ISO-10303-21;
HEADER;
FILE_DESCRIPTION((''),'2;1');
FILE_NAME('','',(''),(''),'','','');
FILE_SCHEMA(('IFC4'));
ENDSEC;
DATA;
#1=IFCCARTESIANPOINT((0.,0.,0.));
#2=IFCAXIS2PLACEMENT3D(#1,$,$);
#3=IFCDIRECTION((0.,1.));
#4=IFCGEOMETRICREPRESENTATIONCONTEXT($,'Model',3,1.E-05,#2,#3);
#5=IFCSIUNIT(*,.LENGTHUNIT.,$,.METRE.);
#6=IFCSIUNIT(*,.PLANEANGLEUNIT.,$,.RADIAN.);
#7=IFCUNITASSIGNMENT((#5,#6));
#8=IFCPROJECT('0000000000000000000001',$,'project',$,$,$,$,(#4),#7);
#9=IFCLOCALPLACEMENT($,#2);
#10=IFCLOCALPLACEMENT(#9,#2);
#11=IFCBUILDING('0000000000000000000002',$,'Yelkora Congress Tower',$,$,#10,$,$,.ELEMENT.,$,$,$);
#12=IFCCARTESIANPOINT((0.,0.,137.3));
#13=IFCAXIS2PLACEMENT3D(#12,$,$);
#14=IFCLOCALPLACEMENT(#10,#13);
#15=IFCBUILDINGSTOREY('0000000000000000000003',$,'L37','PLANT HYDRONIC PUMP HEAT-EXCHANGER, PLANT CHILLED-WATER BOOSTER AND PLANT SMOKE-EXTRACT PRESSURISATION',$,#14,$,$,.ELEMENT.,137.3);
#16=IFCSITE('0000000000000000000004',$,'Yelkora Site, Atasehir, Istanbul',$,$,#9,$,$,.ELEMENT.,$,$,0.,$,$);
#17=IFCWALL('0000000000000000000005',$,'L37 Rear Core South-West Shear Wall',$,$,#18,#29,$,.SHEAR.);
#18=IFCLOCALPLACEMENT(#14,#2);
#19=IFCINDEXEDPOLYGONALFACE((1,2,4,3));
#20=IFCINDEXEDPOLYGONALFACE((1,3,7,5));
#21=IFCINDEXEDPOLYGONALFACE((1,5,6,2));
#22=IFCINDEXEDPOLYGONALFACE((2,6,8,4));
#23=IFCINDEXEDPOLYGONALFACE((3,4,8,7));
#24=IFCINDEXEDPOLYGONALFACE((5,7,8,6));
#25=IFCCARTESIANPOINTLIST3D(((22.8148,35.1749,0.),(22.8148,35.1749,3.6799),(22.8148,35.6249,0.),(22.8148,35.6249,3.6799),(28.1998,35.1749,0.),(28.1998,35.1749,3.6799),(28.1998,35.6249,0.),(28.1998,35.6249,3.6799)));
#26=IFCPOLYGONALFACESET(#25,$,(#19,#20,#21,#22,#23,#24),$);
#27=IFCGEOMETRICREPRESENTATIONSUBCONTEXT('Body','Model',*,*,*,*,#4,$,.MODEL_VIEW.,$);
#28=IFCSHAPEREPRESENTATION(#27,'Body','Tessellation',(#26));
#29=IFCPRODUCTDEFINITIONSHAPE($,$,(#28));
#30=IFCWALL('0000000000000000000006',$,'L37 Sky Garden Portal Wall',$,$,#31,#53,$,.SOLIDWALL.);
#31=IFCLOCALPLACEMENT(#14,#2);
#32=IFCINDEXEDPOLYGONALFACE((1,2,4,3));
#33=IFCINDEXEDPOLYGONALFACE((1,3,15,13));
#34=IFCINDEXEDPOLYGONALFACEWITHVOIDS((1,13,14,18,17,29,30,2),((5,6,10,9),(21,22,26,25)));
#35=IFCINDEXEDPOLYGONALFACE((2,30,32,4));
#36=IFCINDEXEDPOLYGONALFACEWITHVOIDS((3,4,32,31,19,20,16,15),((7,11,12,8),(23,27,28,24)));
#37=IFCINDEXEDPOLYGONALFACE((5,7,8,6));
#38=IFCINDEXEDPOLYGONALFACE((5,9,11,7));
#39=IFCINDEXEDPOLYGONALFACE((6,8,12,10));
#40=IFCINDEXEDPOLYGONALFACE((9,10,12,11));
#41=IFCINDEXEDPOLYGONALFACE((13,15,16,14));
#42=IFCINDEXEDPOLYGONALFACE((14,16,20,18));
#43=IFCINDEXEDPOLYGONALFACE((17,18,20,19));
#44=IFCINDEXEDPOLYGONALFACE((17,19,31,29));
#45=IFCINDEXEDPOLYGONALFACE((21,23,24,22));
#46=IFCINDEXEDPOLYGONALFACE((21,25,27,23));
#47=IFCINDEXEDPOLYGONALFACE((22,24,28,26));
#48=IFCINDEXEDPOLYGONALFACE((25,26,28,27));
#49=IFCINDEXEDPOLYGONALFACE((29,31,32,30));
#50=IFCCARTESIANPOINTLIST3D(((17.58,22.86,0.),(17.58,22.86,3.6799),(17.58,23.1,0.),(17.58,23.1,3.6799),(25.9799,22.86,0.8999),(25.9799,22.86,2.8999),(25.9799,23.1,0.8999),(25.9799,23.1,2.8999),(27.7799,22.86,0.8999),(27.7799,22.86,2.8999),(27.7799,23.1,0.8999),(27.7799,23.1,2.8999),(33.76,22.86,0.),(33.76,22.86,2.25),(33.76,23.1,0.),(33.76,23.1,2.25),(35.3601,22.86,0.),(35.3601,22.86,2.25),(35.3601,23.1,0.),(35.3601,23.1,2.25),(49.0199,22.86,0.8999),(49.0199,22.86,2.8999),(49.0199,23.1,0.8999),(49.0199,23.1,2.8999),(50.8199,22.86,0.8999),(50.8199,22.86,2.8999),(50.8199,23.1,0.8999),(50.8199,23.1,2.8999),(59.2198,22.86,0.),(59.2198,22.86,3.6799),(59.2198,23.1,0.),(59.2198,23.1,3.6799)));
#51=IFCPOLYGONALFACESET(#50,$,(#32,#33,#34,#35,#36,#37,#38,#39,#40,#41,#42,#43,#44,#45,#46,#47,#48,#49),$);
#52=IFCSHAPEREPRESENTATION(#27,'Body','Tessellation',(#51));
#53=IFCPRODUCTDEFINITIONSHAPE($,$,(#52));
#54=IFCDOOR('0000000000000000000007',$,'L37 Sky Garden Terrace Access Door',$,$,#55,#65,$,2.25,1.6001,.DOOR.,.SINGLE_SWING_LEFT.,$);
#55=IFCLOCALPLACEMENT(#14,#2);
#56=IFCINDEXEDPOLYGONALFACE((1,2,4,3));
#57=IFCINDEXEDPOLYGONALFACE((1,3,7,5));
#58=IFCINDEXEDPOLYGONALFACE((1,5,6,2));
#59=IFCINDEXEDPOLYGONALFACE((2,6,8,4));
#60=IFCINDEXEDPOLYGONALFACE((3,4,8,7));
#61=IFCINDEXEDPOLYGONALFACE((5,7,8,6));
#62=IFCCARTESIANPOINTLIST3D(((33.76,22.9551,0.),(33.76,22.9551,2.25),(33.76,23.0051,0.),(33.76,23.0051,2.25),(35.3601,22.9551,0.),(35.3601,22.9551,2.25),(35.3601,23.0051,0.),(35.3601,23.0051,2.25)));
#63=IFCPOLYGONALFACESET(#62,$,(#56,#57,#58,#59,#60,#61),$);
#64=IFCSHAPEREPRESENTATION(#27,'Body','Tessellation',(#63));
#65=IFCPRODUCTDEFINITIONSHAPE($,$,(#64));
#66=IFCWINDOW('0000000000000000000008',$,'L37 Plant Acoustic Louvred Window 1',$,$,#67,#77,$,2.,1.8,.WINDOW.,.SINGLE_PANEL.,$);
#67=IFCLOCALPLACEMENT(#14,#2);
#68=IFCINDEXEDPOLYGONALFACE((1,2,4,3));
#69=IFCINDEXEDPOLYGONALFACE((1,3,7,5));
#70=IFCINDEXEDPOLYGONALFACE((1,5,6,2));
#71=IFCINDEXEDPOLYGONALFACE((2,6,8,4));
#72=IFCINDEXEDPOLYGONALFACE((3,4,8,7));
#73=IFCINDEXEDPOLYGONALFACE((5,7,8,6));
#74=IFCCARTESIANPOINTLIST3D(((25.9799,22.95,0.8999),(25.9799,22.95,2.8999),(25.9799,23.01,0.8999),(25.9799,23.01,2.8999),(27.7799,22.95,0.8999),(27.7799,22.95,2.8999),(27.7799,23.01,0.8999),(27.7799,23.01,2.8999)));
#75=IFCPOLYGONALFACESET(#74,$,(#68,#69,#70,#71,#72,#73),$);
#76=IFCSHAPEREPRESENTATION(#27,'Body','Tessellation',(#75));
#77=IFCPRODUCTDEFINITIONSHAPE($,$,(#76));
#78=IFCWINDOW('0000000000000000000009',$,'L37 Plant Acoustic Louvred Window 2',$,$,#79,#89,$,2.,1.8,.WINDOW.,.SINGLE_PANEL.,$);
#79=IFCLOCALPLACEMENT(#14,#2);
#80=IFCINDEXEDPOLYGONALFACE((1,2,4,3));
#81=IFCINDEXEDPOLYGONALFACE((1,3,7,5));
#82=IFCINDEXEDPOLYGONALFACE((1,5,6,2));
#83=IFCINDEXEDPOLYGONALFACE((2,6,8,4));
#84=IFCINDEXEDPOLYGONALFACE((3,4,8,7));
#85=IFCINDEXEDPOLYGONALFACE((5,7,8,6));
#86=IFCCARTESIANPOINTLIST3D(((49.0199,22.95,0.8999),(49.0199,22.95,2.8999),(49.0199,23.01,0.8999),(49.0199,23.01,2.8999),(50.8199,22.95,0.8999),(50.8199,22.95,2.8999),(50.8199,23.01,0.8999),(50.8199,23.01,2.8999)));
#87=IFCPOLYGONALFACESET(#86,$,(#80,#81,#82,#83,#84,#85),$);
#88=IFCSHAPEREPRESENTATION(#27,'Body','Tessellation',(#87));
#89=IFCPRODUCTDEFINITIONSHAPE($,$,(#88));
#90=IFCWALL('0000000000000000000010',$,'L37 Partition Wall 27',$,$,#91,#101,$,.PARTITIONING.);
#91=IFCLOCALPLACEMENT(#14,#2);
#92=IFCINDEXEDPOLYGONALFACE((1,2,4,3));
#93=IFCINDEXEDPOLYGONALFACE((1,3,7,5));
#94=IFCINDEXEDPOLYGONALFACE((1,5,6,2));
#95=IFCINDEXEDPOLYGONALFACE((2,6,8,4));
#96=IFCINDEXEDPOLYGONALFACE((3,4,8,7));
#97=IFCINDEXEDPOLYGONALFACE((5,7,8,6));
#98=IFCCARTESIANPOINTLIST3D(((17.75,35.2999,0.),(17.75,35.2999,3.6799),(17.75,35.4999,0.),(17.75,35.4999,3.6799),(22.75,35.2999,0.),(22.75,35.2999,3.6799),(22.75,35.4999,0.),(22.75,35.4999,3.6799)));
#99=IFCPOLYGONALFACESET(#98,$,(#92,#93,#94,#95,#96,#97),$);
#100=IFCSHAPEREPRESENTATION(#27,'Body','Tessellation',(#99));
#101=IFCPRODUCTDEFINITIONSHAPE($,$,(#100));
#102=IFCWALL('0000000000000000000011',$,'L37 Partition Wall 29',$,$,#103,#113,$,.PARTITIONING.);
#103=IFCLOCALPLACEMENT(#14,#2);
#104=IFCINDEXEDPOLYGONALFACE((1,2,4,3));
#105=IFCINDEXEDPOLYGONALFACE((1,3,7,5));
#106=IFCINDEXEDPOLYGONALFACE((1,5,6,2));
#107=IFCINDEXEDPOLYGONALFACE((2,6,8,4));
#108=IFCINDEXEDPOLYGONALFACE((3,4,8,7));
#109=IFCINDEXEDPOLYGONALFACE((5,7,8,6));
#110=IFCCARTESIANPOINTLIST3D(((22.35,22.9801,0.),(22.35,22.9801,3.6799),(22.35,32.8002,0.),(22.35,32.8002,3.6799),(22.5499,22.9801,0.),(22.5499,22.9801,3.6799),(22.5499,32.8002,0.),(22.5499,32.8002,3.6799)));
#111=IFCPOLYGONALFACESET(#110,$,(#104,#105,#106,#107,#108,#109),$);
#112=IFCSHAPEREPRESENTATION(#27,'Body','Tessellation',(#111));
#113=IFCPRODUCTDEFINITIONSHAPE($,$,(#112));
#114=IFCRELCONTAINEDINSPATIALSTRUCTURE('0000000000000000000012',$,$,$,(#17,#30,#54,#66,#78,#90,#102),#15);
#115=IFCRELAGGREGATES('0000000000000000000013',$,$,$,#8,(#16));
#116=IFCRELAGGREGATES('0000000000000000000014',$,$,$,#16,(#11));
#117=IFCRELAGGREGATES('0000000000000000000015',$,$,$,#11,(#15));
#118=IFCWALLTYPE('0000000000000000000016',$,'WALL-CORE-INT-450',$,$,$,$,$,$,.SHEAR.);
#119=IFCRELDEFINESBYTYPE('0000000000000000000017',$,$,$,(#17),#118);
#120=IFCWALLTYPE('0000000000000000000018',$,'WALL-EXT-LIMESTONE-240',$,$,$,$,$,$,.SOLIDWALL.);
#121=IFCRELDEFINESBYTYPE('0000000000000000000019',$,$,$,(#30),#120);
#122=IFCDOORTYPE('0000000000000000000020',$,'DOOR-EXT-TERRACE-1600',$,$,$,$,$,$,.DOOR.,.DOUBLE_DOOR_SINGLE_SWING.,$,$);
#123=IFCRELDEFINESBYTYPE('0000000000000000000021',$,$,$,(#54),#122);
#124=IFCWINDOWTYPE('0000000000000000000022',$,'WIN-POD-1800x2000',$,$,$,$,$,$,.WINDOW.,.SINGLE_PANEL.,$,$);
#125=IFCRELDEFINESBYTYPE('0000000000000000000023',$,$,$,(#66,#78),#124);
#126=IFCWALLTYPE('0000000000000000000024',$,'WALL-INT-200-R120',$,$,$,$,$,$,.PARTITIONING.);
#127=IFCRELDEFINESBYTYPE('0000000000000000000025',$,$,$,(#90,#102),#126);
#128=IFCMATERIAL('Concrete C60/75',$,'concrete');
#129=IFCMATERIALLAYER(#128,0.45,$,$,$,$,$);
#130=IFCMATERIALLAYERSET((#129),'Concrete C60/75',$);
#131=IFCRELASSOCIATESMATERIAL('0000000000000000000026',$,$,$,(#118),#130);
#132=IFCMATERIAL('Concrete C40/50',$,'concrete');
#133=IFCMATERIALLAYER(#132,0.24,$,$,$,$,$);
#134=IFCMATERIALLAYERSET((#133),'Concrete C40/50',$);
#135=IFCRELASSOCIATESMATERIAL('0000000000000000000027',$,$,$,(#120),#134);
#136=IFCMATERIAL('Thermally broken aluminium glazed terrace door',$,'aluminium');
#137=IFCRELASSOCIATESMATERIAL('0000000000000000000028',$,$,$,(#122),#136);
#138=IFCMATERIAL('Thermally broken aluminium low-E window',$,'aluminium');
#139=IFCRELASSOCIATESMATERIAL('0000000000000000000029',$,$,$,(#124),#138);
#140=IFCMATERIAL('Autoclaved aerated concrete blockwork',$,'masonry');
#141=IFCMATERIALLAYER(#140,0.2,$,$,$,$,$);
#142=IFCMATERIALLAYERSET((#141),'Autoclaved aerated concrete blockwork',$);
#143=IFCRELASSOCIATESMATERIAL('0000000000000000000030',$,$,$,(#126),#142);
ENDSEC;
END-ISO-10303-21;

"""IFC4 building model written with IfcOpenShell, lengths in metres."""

from ifc_helpers import new_model, si_unit, direction, frame, frame_2d, origin, place, context, subcontext, project, spatial, rectangle, extrude, material, layer, layer_set, type_object, element, fill, save


model = new_model("IFC4")

# Units and contexts
model_context = context("Model", 3, precision=1e-05, world=origin(), true_north=direction((0.0, 1.0)))
body_context = subcontext(model_context, "Body", "Model", "MODEL_VIEW")
ifc_project = project(units=[si_unit("LENGTHUNIT", "METRE"), si_unit("PLANEANGLEUNIT", "RADIAN")], contexts=[model_context])

# Site, building, storey
site_placement = place(None, origin())
site = spatial("IfcSite", under=ifc_project, at=site_placement, Name="Yelkora Site, Atasehir, Istanbul", CompositionType="ELEMENT", RefElevation=0.0)
building_placement = place(site_placement, origin())
building = spatial("IfcBuilding", under=site, at=building_placement, Name="Yelkora Congress Tower", CompositionType="ELEMENT")
storey_placement = place(building_placement, frame((0.0, 0.0, 137.3)))
storey = spatial("IfcBuildingStorey", under=building, at=storey_placement, Name="L37", Description="PLANT HYDRONIC PUMP HEAT-EXCHANGER, PLANT CHILLED-WATER BOOSTER AND PLANT SMOKE-EXTRACT PRESSURISATION", CompositionType="ELEMENT", Elevation=137.3)

# Shared definitions
ifc_material_1 = material(Name="Concrete C40/50", Category="concrete")

# Shared definitions
ifc_material_2 = material(Name="Concrete C60/75", Category="concrete")

# Wall
ifc_layer_1 = layer(ifc_material_2, 0.45)
ifc_layer_set_1 = layer_set([ifc_layer_1], Name="Concrete C60/75")
wall_type_1 = type_object("IfcWallType", Name="WALL-CORE-INT-450", PredefinedType="SHEAR", material=ifc_layer_set_1)
wall_1_placement = place(storey_placement, frame((22.8149, 35.3999, 0.0), z_axis=(0.0, 0.0, 1.0), x_axis=(1.0, 0.0, 0.0)))
element("IfcWall", 1, at=wall_1_placement, inside=storey, type_object=wall_type_1, Name="L37 Rear Core South-West Shear Wall", PredefinedType="SHEAR", context=body_context, shape_type="SweptSolid", body=[
    extrude(rectangle(XDim=5.385, YDim=0.45, at=frame_2d((2.6924, 0.0))), origin(), (0.0, 0.0, 1.0), 3.6799),
])

# Wall, openings, door, windows
ifc_layer_2 = layer(ifc_material_1, 0.24)
ifc_layer_set_2 = layer_set([ifc_layer_2], Name="Concrete C40/50")
wall_type_2 = type_object("IfcWallType", Name="WALL-EXT-LIMESTONE-240", PredefinedType="SOLIDWALL", material=ifc_layer_set_2)
wall_2_placement = place(storey_placement, frame((17.5801, 22.98, 0.0), z_axis=(0.0, 0.0, 1.0), x_axis=(1.0, 0.0, 0.0)))
wall_2 = element("IfcWall", 2, at=wall_2_placement, inside=storey, type_object=wall_type_2, Name="L37 Sky Garden Portal Wall", PredefinedType="SOLIDWALL", context=body_context, shape_type="SweptSolid", body=[
    extrude(rectangle(XDim=41.6399, YDim=0.24, at=frame_2d((20.8198, 0.0))), origin(), (0.0, 0.0, 1.0), 3.6799),
])
opening_1_placement = place(wall_2_placement, frame((16.1799, 0.0, 0.0)))
opening_1 = element("IfcOpeningElement", 3, at=opening_1_placement, cuts=wall_2, PredefinedType="OPENING", context=body_context, shape_type="SweptSolid", body=[
    extrude(rectangle(XDim=1.6001, YDim=2.25, at=frame_2d((0.8, 1.125))), frame((0.0, 0.1299, 0.0), z_axis=(0.0, -1.0, 0.0), x_axis=(1.0, 0.0, 0.0)), (0.0, 0.0, 1.0), 0.26),
])
opening_2_placement = place(wall_2_placement, frame((8.3999, 0.0, 0.8999)))
opening_2 = element("IfcOpeningElement", 4, at=opening_2_placement, cuts=wall_2, PredefinedType="OPENING", context=body_context, shape_type="SweptSolid", body=[
    extrude(rectangle(XDim=1.8, YDim=2.0, at=frame_2d((0.8999, 1.0))), frame((0.0, 0.1299, 0.0), z_axis=(0.0, -1.0, 0.0), x_axis=(1.0, 0.0, 0.0)), (0.0, 0.0, 1.0), 0.26),
])
opening_3_placement = place(wall_2_placement, frame((31.4399, 0.0, 0.8999)))
opening_3 = element("IfcOpeningElement", 5, at=opening_3_placement, cuts=wall_2, PredefinedType="OPENING", context=body_context, shape_type="SweptSolid", body=[
    extrude(rectangle(XDim=1.8, YDim=2.0, at=frame_2d((0.8999, 1.0))), frame((0.0, 0.1299, 0.0), z_axis=(0.0, -1.0, 0.0), x_axis=(1.0, 0.0, 0.0)), (0.0, 0.0, 1.0), 0.26),
])
ifc_material_3 = material(Name="Thermally broken aluminium glazed terrace door", Category="aluminium")
door_type_1 = type_object("IfcDoorType", Name="DOOR-EXT-TERRACE-1600", OperationType="DOUBLE_DOOR_SINGLE_SWING", PredefinedType="DOOR", material=ifc_material_3)
door_1_placement = place(opening_1_placement, frame((1.6001, 0.0, 0.0), z_axis=(0.0, 0.0, 1.0), x_axis=(-1.0, 0.0, 0.0)))
door_1 = element("IfcDoor", 6, at=door_1_placement, inside=storey, type_object=door_type_1, Name="L37 Sky Garden Terrace Access Door", OperationType="SINGLE_SWING_LEFT", OverallHeight=2.25, OverallWidth=1.6001, PredefinedType="DOOR", context=body_context, shape_type="SweptSolid", body=[
    extrude(rectangle(XDim=1.6001, YDim=2.25, at=frame_2d((0.8, 1.125))), frame((0.0, 0.0249, 0.0), z_axis=(0.0, -1.0, 0.0), x_axis=(1.0, 0.0, 0.0)), (0.0, 0.0, 1.0), 0.05),
])
fill(opening_1, door_1)
ifc_material_4 = material(Name="Thermally broken aluminium low-E window", Category="aluminium")
window_type = type_object("IfcWindowType", Name="WIN-POD-1800x2000", PartitioningType="SINGLE_PANEL", PredefinedType="WINDOW", material=ifc_material_4)
window_1_placement = place(opening_2_placement, origin())
window_1 = element("IfcWindow", 7, at=window_1_placement, inside=storey, type_object=window_type, Name="L37 Plant Acoustic Louvred Window 1", OverallHeight=2.0, OverallWidth=1.8, PartitioningType="SINGLE_PANEL", PredefinedType="WINDOW", context=body_context, shape_type="SweptSolid", body=[
    extrude(rectangle(XDim=1.8, YDim=2.0, at=frame_2d((0.8999, 1.0))), frame((0.0, 0.03, 0.0), z_axis=(0.0, -1.0, 0.0), x_axis=(1.0, 0.0, 0.0)), (0.0, 0.0, 1.0), 0.0601),
])
fill(opening_2, window_1)
window_2_placement = place(opening_3_placement, origin())
window_2 = element("IfcWindow", 8, at=window_2_placement, inside=storey, type_object=window_type, Name="L37 Plant Acoustic Louvred Window 2", OverallHeight=2.0, OverallWidth=1.8, PartitioningType="SINGLE_PANEL", PredefinedType="WINDOW", context=body_context, shape_type="SweptSolid", body=[
    extrude(rectangle(XDim=1.8, YDim=2.0, at=frame_2d((0.8999, 1.0))), frame((0.0, 0.03, 0.0), z_axis=(0.0, -1.0, 0.0), x_axis=(1.0, 0.0, 0.0)), (0.0, 0.0, 1.0), 0.0601),
])
fill(opening_3, window_2)

# Walls
ifc_material_5 = material(Name="Autoclaved aerated concrete blockwork", Category="masonry")
ifc_layer_3 = layer(ifc_material_5, 0.2)
ifc_layer_set_3 = layer_set([ifc_layer_3], Name="Autoclaved aerated concrete blockwork")
wall_type_3 = type_object("IfcWallType", Name="WALL-INT-200-R120", PredefinedType="PARTITIONING", material=ifc_layer_set_3)
wall_3_placement = place(storey_placement, frame((17.75, 35.3999, 0.0), z_axis=(0.0, 0.0, 1.0), x_axis=(1.0, 0.0, 0.0)))
element("IfcWall", 9, at=wall_3_placement, inside=storey, type_object=wall_type_3, Name="L37 Partition Wall 27", PredefinedType="PARTITIONING", context=body_context, shape_type="SweptSolid", body=[
    extrude(rectangle(XDim=5.0, YDim=0.2, at=frame_2d((2.5, 0.0))), origin(), (0.0, 0.0, 1.0), 3.6799),
])
wall_4_placement = place(storey_placement, frame((22.45, 22.98, 0.0), z_axis=(0.0, 0.0, 1.0), x_axis=(0.0, 1.0, 0.0)))
element("IfcWall", 10, at=wall_4_placement, inside=storey, type_object=wall_type_3, Name="L37 Partition Wall 29", PredefinedType="PARTITIONING", context=body_context, shape_type="SweptSolid", body=[
    extrude(rectangle(XDim=9.8201, YDim=0.2, at=frame_2d((4.9102, 0.0))), origin(), (0.0, 0.0, 1.0), 3.6799),
])

save(model, "model.ifc")
